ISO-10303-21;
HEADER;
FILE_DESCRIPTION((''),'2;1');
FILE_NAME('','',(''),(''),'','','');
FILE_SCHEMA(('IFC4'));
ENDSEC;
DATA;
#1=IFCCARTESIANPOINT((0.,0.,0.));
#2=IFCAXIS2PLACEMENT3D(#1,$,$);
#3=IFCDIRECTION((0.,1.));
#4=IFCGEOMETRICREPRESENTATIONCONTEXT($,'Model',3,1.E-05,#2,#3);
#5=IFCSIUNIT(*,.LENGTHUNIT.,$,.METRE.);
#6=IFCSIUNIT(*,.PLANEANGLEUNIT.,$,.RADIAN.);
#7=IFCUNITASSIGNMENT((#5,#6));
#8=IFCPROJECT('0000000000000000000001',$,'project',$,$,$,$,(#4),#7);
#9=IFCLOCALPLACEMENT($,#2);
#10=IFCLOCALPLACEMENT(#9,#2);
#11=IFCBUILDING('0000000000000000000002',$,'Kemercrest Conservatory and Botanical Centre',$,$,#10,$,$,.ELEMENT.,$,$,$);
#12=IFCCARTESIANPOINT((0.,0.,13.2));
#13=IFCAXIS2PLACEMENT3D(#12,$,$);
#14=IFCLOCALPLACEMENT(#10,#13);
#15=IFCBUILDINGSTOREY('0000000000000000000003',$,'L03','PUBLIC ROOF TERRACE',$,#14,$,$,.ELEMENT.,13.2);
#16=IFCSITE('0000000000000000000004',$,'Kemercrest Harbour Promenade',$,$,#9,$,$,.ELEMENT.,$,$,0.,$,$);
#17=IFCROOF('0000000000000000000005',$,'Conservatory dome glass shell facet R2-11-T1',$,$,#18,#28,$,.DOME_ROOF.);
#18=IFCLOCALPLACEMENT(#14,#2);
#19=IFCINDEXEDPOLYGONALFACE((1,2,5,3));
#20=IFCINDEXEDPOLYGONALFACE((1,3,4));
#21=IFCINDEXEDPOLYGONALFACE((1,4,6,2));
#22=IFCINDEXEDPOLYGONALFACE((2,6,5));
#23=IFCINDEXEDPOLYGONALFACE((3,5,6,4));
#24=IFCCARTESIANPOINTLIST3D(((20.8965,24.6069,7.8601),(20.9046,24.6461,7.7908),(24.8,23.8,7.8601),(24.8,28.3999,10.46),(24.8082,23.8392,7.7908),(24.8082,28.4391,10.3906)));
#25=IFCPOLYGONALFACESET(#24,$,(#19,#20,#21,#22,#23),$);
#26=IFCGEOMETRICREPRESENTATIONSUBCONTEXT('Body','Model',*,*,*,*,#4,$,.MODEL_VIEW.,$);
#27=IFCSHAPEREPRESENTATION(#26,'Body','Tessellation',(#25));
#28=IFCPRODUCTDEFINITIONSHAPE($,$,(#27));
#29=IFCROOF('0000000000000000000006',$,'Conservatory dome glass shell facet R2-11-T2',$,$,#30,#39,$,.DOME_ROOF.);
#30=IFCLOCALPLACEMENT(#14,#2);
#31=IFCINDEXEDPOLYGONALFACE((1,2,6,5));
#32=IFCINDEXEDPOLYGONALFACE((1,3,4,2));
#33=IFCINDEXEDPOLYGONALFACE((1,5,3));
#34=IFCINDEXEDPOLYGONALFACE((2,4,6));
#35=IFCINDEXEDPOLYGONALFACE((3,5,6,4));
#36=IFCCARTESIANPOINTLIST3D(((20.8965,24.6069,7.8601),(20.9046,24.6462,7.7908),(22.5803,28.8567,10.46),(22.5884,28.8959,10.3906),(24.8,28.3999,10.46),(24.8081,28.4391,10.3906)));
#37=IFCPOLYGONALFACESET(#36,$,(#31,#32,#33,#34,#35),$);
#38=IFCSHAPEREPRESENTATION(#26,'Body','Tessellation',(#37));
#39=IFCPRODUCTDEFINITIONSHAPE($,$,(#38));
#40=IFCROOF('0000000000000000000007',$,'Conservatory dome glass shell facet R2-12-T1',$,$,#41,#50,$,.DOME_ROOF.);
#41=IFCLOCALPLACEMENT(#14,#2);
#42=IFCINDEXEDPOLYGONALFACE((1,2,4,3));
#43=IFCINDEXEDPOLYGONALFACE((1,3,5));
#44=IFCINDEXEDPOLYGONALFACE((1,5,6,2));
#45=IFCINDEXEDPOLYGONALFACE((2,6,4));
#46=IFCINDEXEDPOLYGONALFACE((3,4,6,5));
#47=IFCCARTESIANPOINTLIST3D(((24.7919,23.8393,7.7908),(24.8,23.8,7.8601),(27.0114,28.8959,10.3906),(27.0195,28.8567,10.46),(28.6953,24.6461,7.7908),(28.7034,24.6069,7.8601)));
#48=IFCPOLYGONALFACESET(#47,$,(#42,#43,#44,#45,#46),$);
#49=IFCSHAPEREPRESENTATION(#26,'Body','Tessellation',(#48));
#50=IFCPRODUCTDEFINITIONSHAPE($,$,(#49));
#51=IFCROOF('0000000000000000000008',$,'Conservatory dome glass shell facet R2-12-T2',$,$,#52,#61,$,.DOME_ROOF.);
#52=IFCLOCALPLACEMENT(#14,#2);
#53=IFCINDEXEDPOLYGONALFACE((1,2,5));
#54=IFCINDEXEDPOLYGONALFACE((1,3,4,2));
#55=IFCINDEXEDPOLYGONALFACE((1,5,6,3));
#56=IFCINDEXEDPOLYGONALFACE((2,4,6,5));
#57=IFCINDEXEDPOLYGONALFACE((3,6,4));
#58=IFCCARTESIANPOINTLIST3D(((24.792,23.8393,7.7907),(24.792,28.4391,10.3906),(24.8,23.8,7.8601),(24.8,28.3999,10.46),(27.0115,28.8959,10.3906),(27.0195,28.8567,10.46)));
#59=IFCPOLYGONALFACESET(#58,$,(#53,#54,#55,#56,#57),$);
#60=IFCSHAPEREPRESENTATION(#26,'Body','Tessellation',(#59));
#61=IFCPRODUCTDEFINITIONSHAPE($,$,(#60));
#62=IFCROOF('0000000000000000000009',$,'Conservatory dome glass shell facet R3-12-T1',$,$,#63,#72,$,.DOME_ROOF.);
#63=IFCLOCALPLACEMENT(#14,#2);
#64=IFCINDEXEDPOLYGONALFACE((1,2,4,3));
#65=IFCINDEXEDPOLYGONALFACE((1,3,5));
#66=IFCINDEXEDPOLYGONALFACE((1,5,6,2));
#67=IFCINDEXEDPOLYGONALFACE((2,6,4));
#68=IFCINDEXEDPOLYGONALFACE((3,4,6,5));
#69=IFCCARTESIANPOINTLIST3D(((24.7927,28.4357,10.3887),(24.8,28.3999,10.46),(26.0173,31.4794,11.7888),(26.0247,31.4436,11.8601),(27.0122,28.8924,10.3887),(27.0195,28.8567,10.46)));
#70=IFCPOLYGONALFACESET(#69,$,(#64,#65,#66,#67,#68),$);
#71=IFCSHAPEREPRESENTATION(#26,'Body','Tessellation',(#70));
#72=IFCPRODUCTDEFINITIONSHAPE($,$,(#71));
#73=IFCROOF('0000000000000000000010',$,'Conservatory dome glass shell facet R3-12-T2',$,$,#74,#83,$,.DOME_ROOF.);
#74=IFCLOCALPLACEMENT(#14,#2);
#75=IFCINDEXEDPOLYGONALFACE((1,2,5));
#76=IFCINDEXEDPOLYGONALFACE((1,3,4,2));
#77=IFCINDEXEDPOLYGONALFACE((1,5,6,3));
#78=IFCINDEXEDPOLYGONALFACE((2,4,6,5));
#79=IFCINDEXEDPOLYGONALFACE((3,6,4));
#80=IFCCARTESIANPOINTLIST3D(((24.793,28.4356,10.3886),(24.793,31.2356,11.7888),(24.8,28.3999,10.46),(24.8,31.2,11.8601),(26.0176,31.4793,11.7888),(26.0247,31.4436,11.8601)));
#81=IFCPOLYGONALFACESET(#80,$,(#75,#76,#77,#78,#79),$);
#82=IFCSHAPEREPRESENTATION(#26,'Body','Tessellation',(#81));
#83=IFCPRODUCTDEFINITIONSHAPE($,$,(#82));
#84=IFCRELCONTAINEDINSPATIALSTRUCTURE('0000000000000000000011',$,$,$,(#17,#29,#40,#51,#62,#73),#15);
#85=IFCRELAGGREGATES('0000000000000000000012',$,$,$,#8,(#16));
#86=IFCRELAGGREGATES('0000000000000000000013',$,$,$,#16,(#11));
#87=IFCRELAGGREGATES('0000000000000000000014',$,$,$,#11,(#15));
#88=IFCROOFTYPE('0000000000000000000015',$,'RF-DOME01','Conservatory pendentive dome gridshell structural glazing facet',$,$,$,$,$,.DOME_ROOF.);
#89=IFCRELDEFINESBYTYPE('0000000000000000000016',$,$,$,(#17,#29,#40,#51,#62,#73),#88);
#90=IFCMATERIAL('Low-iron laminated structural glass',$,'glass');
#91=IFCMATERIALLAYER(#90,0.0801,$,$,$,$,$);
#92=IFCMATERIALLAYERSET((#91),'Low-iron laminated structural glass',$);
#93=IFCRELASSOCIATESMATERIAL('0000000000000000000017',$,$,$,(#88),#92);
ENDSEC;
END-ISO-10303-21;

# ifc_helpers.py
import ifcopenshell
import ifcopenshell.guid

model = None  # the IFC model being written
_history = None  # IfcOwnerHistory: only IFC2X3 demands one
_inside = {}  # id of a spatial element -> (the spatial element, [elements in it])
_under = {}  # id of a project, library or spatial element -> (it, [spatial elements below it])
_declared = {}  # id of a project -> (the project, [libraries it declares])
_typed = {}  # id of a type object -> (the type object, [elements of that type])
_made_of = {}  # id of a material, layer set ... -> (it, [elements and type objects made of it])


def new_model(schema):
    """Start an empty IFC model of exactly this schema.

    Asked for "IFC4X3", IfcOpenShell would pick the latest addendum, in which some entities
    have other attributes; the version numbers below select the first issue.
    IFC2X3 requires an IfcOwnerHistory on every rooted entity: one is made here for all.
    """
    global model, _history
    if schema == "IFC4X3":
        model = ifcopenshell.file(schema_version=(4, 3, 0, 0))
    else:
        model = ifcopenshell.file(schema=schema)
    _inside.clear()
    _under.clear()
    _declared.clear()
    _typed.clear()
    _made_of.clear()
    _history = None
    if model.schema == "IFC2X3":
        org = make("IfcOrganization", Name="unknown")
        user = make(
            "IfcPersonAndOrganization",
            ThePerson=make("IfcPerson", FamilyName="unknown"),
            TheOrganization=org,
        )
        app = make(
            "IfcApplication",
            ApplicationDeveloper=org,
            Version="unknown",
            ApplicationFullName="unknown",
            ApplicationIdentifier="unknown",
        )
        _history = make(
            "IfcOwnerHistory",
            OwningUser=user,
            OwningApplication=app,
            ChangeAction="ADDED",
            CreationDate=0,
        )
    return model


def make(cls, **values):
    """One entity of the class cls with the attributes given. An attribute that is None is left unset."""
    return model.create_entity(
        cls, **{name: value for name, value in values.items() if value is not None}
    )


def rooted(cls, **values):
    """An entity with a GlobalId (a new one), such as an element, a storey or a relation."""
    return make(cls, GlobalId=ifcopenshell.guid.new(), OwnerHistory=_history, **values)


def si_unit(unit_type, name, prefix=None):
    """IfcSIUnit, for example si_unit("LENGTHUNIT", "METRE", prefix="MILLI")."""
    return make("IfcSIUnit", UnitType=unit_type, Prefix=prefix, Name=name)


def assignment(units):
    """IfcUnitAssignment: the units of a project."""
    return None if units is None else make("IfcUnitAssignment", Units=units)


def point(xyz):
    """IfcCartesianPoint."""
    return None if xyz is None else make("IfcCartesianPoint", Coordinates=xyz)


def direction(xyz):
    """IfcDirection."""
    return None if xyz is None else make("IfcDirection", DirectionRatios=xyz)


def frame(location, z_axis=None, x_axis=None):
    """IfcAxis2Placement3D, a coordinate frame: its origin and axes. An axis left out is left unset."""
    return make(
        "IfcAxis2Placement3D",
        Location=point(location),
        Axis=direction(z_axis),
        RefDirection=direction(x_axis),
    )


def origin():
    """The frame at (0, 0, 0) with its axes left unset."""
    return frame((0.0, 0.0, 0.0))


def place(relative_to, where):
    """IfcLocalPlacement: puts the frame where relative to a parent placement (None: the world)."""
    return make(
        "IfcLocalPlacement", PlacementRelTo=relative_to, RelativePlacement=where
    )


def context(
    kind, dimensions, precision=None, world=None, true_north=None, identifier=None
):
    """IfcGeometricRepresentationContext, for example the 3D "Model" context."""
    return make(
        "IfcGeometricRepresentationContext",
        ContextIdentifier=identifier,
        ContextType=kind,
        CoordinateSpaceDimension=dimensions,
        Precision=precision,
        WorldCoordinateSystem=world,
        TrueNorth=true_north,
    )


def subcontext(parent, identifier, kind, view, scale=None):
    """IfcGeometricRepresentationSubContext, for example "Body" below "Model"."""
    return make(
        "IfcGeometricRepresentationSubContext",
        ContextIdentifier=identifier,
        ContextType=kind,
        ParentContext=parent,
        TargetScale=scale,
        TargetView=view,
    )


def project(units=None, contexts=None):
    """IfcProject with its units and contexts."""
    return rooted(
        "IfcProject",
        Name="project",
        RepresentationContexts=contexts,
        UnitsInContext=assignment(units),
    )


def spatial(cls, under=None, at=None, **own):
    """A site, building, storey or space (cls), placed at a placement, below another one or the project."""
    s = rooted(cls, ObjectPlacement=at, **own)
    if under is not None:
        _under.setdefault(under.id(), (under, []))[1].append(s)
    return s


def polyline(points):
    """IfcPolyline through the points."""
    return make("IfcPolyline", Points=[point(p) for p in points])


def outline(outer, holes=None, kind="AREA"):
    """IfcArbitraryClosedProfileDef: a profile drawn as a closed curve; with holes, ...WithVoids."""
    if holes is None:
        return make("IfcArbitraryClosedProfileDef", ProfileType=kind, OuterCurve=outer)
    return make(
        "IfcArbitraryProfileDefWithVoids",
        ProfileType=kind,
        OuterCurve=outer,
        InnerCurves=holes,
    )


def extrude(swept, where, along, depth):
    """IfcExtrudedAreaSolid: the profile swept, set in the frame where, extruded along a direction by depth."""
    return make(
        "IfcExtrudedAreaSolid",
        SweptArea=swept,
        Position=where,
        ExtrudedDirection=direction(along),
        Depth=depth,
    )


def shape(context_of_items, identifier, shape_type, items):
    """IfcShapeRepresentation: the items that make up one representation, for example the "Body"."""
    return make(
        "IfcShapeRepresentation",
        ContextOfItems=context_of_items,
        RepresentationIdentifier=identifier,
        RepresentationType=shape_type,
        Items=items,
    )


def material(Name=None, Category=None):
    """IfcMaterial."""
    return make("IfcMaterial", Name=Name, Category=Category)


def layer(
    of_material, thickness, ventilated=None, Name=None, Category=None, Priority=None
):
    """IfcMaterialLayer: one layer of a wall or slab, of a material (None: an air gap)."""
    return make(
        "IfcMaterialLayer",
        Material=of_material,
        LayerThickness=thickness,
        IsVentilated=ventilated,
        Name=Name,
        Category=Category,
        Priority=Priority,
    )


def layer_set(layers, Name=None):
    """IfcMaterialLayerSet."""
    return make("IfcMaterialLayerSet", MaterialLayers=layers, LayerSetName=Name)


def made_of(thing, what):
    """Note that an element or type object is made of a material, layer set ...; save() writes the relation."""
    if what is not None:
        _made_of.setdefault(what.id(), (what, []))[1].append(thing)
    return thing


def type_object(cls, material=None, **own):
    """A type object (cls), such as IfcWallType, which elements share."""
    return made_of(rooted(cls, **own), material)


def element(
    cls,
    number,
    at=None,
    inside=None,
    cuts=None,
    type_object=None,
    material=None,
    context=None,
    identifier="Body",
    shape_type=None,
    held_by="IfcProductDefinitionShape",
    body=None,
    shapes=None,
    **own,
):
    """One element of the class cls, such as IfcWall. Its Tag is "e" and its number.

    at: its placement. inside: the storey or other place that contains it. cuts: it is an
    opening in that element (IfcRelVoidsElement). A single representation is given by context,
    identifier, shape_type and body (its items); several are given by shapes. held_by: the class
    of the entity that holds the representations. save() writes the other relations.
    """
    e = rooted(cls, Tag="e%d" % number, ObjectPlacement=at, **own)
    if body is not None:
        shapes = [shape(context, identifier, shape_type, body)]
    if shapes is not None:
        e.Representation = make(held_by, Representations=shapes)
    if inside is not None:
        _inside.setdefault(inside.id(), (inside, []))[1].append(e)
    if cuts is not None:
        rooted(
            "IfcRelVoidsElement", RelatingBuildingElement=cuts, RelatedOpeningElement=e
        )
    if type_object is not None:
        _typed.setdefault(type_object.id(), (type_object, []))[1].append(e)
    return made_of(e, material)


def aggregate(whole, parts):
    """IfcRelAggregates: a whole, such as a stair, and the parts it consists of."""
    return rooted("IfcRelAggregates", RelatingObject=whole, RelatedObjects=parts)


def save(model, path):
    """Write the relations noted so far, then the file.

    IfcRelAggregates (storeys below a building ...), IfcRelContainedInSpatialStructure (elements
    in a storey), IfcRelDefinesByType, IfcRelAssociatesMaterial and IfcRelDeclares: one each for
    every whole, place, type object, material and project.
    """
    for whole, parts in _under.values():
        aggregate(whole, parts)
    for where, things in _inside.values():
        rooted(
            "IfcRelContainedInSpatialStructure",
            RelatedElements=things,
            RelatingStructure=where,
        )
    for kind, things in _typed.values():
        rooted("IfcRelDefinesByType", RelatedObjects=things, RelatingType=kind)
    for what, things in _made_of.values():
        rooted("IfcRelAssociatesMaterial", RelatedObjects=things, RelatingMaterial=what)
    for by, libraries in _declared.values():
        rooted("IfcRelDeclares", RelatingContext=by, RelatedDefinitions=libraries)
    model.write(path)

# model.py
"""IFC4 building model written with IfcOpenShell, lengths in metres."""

from ifc_helpers import new_model, si_unit, direction, frame, origin, place, context, subcontext, project, spatial, polyline, outline, extrude, material, layer, layer_set, type_object, element, save


model = new_model("IFC4")

# Units and contexts
model_context = context("Model", 3, precision=1e-05, world=origin(), true_north=direction((0.0, 1.0)))
body_context = subcontext(model_context, "Body", "Model", "MODEL_VIEW")
ifc_project = project(units=[si_unit("LENGTHUNIT", "METRE"), si_unit("PLANEANGLEUNIT", "RADIAN")], contexts=[model_context])

# Site, building, storey
site_placement = place(None, origin())
site = spatial("IfcSite", under=ifc_project, at=site_placement, Name="Kemercrest Harbour Promenade", CompositionType="ELEMENT", RefElevation=0.0)
building_placement = place(site_placement, origin())
building = spatial("IfcBuilding", under=site, at=building_placement, Name="Kemercrest Conservatory and Botanical Centre", CompositionType="ELEMENT")
storey_placement = place(building_placement, frame((0.0, 0.0, 13.2)))
storey = spatial("IfcBuildingStorey", under=building, at=storey_placement, Name="L03", Description="PUBLIC ROOF TERRACE", CompositionType="ELEMENT", Elevation=13.2)

# Roofs
ifc_material_1 = material(Name="Low-iron laminated structural glass", Category="glass")
ifc_layer_1 = layer(ifc_material_1, 0.0801)
ifc_layer_set_1 = layer_set([ifc_layer_1], Name="Low-iron laminated structural glass")
roof_type = type_object("IfcRoofType", Name="RF-DOME01", Description="Conservatory pendentive dome gridshell structural glazing facet", PredefinedType="DOME_ROOF", material=ifc_layer_set_1)
roof_1_placement = place(storey_placement, frame((20.8965, 24.6069, 7.8601), z_axis=(-0.101187, -0.489523, 0.8661), x_axis=(0.979298, -0.202425, 0.0)))
element("IfcRoof", 1, at=roof_1_placement, inside=storey, type_object=roof_type, Name="Conservatory dome glass shell facet R2-11-T1", PredefinedType="DOME_ROOF", context=body_context, shape_type="SweptSolid", body=[
    extrude(outline(polyline([(0.0, 0.0), (3.9861, 0.0), (3.055, 5.201), (0.0, 0.0)])), origin(), (0.0, 0.0, -1.0), 0.0801),
])
roof_2_placement = place(storey_placement, frame((20.8965, 24.6069, 7.8601), z_axis=(-0.1008, -0.489832, 0.86597), x_axis=(0.647155, 0.62882, 0.431018)))
element("IfcRoof", 2, at=roof_2_placement, inside=storey, type_object=roof_type, Name="Conservatory dome glass shell facet R2-11-T2", PredefinedType="DOME_ROOF", context=body_context, shape_type="SweptSolid", body=[
    extrude(outline(polyline([(0.0, 0.0), (6.0319, 0.0), (4.8826, 1.9532), (0.0, 0.0)])), origin(), (0.0, 0.0, -1.0), 0.0801),
])
roof_3_placement = place(storey_placement, frame((24.8, 23.8, 7.8601), z_axis=(0.101226, -0.489684, 0.866004), x_axis=(0.979295, 0.202437, 0.0)))
element("IfcRoof", 3, at=roof_3_placement, inside=storey, type_object=roof_type, Name="Conservatory dome glass shell facet R2-12-T1", PredefinedType="DOME_ROOF", context=body_context, shape_type="SweptSolid", body=[
    extrude(outline(polyline([(0.0, 0.0), (3.9858, 0.0), (3.1972, 5.1993), (0.0, 0.0)])), origin(), (0.0, 0.0, -1.0), 0.0801),
])
roof_4_placement = place(storey_placement, frame((24.8, 23.8, 7.8601), z_axis=(0.100752, -0.489544, 0.866138), x_axis=(0.36363, 0.828457, 0.425948)))
element("IfcRoof", 4, at=roof_4_placement, inside=storey, type_object=roof_type, Name="Conservatory dome glass shell facet R2-12-T2", PredefinedType="DOME_ROOF", context=body_context, shape_type="SweptSolid", body=[
    extrude(outline(polyline([(0.0, 0.0), (6.1037, 0.0), (4.9182, 1.9312), (0.0, 0.0)])), origin(), (0.0, 0.0, -1.0), 0.0801),
])
roof_5_placement = place(storey_placement, frame((24.8, 28.3999, 10.46), z_axis=(0.091877, -0.446422, 0.890093), x_axis=(0.979471, 0.201583, 0.0)))
element("IfcRoof", 5, at=roof_5_placement, inside=storey, type_object=roof_type, Name="Conservatory dome glass shell facet R3-12-T1", PredefinedType="DOME_ROOF", context=body_context, shape_type="SweptSolid", body=[
    extrude(outline(polyline([(0.0, 0.0), (2.266, 0.0), (1.813, 3.072), (0.0, 0.0)])), origin(), (0.0, 0.0, -1.0), 0.0801),
])
roof_6_placement = place(storey_placement, frame((24.8, 28.3999, 10.46), z_axis=(0.088635, -0.445485, 0.890891), x_axis=(0.343307, 0.853271, 0.392517)))
element("IfcRoof", 6, at=roof_6_placement, inside=storey, type_object=roof_type, Name="Conservatory dome glass shell facet R3-12-T2", PredefinedType="DOME_ROOF", context=body_context, shape_type="SweptSolid", body=[
    extrude(outline(polyline([(0.0, 0.0), (3.5671, 0.0), (2.9388, 1.079), (0.0, 0.0)])), origin(), (0.0, 0.0, -1.0), 0.0801),
])

save(model, "model.ifc")
